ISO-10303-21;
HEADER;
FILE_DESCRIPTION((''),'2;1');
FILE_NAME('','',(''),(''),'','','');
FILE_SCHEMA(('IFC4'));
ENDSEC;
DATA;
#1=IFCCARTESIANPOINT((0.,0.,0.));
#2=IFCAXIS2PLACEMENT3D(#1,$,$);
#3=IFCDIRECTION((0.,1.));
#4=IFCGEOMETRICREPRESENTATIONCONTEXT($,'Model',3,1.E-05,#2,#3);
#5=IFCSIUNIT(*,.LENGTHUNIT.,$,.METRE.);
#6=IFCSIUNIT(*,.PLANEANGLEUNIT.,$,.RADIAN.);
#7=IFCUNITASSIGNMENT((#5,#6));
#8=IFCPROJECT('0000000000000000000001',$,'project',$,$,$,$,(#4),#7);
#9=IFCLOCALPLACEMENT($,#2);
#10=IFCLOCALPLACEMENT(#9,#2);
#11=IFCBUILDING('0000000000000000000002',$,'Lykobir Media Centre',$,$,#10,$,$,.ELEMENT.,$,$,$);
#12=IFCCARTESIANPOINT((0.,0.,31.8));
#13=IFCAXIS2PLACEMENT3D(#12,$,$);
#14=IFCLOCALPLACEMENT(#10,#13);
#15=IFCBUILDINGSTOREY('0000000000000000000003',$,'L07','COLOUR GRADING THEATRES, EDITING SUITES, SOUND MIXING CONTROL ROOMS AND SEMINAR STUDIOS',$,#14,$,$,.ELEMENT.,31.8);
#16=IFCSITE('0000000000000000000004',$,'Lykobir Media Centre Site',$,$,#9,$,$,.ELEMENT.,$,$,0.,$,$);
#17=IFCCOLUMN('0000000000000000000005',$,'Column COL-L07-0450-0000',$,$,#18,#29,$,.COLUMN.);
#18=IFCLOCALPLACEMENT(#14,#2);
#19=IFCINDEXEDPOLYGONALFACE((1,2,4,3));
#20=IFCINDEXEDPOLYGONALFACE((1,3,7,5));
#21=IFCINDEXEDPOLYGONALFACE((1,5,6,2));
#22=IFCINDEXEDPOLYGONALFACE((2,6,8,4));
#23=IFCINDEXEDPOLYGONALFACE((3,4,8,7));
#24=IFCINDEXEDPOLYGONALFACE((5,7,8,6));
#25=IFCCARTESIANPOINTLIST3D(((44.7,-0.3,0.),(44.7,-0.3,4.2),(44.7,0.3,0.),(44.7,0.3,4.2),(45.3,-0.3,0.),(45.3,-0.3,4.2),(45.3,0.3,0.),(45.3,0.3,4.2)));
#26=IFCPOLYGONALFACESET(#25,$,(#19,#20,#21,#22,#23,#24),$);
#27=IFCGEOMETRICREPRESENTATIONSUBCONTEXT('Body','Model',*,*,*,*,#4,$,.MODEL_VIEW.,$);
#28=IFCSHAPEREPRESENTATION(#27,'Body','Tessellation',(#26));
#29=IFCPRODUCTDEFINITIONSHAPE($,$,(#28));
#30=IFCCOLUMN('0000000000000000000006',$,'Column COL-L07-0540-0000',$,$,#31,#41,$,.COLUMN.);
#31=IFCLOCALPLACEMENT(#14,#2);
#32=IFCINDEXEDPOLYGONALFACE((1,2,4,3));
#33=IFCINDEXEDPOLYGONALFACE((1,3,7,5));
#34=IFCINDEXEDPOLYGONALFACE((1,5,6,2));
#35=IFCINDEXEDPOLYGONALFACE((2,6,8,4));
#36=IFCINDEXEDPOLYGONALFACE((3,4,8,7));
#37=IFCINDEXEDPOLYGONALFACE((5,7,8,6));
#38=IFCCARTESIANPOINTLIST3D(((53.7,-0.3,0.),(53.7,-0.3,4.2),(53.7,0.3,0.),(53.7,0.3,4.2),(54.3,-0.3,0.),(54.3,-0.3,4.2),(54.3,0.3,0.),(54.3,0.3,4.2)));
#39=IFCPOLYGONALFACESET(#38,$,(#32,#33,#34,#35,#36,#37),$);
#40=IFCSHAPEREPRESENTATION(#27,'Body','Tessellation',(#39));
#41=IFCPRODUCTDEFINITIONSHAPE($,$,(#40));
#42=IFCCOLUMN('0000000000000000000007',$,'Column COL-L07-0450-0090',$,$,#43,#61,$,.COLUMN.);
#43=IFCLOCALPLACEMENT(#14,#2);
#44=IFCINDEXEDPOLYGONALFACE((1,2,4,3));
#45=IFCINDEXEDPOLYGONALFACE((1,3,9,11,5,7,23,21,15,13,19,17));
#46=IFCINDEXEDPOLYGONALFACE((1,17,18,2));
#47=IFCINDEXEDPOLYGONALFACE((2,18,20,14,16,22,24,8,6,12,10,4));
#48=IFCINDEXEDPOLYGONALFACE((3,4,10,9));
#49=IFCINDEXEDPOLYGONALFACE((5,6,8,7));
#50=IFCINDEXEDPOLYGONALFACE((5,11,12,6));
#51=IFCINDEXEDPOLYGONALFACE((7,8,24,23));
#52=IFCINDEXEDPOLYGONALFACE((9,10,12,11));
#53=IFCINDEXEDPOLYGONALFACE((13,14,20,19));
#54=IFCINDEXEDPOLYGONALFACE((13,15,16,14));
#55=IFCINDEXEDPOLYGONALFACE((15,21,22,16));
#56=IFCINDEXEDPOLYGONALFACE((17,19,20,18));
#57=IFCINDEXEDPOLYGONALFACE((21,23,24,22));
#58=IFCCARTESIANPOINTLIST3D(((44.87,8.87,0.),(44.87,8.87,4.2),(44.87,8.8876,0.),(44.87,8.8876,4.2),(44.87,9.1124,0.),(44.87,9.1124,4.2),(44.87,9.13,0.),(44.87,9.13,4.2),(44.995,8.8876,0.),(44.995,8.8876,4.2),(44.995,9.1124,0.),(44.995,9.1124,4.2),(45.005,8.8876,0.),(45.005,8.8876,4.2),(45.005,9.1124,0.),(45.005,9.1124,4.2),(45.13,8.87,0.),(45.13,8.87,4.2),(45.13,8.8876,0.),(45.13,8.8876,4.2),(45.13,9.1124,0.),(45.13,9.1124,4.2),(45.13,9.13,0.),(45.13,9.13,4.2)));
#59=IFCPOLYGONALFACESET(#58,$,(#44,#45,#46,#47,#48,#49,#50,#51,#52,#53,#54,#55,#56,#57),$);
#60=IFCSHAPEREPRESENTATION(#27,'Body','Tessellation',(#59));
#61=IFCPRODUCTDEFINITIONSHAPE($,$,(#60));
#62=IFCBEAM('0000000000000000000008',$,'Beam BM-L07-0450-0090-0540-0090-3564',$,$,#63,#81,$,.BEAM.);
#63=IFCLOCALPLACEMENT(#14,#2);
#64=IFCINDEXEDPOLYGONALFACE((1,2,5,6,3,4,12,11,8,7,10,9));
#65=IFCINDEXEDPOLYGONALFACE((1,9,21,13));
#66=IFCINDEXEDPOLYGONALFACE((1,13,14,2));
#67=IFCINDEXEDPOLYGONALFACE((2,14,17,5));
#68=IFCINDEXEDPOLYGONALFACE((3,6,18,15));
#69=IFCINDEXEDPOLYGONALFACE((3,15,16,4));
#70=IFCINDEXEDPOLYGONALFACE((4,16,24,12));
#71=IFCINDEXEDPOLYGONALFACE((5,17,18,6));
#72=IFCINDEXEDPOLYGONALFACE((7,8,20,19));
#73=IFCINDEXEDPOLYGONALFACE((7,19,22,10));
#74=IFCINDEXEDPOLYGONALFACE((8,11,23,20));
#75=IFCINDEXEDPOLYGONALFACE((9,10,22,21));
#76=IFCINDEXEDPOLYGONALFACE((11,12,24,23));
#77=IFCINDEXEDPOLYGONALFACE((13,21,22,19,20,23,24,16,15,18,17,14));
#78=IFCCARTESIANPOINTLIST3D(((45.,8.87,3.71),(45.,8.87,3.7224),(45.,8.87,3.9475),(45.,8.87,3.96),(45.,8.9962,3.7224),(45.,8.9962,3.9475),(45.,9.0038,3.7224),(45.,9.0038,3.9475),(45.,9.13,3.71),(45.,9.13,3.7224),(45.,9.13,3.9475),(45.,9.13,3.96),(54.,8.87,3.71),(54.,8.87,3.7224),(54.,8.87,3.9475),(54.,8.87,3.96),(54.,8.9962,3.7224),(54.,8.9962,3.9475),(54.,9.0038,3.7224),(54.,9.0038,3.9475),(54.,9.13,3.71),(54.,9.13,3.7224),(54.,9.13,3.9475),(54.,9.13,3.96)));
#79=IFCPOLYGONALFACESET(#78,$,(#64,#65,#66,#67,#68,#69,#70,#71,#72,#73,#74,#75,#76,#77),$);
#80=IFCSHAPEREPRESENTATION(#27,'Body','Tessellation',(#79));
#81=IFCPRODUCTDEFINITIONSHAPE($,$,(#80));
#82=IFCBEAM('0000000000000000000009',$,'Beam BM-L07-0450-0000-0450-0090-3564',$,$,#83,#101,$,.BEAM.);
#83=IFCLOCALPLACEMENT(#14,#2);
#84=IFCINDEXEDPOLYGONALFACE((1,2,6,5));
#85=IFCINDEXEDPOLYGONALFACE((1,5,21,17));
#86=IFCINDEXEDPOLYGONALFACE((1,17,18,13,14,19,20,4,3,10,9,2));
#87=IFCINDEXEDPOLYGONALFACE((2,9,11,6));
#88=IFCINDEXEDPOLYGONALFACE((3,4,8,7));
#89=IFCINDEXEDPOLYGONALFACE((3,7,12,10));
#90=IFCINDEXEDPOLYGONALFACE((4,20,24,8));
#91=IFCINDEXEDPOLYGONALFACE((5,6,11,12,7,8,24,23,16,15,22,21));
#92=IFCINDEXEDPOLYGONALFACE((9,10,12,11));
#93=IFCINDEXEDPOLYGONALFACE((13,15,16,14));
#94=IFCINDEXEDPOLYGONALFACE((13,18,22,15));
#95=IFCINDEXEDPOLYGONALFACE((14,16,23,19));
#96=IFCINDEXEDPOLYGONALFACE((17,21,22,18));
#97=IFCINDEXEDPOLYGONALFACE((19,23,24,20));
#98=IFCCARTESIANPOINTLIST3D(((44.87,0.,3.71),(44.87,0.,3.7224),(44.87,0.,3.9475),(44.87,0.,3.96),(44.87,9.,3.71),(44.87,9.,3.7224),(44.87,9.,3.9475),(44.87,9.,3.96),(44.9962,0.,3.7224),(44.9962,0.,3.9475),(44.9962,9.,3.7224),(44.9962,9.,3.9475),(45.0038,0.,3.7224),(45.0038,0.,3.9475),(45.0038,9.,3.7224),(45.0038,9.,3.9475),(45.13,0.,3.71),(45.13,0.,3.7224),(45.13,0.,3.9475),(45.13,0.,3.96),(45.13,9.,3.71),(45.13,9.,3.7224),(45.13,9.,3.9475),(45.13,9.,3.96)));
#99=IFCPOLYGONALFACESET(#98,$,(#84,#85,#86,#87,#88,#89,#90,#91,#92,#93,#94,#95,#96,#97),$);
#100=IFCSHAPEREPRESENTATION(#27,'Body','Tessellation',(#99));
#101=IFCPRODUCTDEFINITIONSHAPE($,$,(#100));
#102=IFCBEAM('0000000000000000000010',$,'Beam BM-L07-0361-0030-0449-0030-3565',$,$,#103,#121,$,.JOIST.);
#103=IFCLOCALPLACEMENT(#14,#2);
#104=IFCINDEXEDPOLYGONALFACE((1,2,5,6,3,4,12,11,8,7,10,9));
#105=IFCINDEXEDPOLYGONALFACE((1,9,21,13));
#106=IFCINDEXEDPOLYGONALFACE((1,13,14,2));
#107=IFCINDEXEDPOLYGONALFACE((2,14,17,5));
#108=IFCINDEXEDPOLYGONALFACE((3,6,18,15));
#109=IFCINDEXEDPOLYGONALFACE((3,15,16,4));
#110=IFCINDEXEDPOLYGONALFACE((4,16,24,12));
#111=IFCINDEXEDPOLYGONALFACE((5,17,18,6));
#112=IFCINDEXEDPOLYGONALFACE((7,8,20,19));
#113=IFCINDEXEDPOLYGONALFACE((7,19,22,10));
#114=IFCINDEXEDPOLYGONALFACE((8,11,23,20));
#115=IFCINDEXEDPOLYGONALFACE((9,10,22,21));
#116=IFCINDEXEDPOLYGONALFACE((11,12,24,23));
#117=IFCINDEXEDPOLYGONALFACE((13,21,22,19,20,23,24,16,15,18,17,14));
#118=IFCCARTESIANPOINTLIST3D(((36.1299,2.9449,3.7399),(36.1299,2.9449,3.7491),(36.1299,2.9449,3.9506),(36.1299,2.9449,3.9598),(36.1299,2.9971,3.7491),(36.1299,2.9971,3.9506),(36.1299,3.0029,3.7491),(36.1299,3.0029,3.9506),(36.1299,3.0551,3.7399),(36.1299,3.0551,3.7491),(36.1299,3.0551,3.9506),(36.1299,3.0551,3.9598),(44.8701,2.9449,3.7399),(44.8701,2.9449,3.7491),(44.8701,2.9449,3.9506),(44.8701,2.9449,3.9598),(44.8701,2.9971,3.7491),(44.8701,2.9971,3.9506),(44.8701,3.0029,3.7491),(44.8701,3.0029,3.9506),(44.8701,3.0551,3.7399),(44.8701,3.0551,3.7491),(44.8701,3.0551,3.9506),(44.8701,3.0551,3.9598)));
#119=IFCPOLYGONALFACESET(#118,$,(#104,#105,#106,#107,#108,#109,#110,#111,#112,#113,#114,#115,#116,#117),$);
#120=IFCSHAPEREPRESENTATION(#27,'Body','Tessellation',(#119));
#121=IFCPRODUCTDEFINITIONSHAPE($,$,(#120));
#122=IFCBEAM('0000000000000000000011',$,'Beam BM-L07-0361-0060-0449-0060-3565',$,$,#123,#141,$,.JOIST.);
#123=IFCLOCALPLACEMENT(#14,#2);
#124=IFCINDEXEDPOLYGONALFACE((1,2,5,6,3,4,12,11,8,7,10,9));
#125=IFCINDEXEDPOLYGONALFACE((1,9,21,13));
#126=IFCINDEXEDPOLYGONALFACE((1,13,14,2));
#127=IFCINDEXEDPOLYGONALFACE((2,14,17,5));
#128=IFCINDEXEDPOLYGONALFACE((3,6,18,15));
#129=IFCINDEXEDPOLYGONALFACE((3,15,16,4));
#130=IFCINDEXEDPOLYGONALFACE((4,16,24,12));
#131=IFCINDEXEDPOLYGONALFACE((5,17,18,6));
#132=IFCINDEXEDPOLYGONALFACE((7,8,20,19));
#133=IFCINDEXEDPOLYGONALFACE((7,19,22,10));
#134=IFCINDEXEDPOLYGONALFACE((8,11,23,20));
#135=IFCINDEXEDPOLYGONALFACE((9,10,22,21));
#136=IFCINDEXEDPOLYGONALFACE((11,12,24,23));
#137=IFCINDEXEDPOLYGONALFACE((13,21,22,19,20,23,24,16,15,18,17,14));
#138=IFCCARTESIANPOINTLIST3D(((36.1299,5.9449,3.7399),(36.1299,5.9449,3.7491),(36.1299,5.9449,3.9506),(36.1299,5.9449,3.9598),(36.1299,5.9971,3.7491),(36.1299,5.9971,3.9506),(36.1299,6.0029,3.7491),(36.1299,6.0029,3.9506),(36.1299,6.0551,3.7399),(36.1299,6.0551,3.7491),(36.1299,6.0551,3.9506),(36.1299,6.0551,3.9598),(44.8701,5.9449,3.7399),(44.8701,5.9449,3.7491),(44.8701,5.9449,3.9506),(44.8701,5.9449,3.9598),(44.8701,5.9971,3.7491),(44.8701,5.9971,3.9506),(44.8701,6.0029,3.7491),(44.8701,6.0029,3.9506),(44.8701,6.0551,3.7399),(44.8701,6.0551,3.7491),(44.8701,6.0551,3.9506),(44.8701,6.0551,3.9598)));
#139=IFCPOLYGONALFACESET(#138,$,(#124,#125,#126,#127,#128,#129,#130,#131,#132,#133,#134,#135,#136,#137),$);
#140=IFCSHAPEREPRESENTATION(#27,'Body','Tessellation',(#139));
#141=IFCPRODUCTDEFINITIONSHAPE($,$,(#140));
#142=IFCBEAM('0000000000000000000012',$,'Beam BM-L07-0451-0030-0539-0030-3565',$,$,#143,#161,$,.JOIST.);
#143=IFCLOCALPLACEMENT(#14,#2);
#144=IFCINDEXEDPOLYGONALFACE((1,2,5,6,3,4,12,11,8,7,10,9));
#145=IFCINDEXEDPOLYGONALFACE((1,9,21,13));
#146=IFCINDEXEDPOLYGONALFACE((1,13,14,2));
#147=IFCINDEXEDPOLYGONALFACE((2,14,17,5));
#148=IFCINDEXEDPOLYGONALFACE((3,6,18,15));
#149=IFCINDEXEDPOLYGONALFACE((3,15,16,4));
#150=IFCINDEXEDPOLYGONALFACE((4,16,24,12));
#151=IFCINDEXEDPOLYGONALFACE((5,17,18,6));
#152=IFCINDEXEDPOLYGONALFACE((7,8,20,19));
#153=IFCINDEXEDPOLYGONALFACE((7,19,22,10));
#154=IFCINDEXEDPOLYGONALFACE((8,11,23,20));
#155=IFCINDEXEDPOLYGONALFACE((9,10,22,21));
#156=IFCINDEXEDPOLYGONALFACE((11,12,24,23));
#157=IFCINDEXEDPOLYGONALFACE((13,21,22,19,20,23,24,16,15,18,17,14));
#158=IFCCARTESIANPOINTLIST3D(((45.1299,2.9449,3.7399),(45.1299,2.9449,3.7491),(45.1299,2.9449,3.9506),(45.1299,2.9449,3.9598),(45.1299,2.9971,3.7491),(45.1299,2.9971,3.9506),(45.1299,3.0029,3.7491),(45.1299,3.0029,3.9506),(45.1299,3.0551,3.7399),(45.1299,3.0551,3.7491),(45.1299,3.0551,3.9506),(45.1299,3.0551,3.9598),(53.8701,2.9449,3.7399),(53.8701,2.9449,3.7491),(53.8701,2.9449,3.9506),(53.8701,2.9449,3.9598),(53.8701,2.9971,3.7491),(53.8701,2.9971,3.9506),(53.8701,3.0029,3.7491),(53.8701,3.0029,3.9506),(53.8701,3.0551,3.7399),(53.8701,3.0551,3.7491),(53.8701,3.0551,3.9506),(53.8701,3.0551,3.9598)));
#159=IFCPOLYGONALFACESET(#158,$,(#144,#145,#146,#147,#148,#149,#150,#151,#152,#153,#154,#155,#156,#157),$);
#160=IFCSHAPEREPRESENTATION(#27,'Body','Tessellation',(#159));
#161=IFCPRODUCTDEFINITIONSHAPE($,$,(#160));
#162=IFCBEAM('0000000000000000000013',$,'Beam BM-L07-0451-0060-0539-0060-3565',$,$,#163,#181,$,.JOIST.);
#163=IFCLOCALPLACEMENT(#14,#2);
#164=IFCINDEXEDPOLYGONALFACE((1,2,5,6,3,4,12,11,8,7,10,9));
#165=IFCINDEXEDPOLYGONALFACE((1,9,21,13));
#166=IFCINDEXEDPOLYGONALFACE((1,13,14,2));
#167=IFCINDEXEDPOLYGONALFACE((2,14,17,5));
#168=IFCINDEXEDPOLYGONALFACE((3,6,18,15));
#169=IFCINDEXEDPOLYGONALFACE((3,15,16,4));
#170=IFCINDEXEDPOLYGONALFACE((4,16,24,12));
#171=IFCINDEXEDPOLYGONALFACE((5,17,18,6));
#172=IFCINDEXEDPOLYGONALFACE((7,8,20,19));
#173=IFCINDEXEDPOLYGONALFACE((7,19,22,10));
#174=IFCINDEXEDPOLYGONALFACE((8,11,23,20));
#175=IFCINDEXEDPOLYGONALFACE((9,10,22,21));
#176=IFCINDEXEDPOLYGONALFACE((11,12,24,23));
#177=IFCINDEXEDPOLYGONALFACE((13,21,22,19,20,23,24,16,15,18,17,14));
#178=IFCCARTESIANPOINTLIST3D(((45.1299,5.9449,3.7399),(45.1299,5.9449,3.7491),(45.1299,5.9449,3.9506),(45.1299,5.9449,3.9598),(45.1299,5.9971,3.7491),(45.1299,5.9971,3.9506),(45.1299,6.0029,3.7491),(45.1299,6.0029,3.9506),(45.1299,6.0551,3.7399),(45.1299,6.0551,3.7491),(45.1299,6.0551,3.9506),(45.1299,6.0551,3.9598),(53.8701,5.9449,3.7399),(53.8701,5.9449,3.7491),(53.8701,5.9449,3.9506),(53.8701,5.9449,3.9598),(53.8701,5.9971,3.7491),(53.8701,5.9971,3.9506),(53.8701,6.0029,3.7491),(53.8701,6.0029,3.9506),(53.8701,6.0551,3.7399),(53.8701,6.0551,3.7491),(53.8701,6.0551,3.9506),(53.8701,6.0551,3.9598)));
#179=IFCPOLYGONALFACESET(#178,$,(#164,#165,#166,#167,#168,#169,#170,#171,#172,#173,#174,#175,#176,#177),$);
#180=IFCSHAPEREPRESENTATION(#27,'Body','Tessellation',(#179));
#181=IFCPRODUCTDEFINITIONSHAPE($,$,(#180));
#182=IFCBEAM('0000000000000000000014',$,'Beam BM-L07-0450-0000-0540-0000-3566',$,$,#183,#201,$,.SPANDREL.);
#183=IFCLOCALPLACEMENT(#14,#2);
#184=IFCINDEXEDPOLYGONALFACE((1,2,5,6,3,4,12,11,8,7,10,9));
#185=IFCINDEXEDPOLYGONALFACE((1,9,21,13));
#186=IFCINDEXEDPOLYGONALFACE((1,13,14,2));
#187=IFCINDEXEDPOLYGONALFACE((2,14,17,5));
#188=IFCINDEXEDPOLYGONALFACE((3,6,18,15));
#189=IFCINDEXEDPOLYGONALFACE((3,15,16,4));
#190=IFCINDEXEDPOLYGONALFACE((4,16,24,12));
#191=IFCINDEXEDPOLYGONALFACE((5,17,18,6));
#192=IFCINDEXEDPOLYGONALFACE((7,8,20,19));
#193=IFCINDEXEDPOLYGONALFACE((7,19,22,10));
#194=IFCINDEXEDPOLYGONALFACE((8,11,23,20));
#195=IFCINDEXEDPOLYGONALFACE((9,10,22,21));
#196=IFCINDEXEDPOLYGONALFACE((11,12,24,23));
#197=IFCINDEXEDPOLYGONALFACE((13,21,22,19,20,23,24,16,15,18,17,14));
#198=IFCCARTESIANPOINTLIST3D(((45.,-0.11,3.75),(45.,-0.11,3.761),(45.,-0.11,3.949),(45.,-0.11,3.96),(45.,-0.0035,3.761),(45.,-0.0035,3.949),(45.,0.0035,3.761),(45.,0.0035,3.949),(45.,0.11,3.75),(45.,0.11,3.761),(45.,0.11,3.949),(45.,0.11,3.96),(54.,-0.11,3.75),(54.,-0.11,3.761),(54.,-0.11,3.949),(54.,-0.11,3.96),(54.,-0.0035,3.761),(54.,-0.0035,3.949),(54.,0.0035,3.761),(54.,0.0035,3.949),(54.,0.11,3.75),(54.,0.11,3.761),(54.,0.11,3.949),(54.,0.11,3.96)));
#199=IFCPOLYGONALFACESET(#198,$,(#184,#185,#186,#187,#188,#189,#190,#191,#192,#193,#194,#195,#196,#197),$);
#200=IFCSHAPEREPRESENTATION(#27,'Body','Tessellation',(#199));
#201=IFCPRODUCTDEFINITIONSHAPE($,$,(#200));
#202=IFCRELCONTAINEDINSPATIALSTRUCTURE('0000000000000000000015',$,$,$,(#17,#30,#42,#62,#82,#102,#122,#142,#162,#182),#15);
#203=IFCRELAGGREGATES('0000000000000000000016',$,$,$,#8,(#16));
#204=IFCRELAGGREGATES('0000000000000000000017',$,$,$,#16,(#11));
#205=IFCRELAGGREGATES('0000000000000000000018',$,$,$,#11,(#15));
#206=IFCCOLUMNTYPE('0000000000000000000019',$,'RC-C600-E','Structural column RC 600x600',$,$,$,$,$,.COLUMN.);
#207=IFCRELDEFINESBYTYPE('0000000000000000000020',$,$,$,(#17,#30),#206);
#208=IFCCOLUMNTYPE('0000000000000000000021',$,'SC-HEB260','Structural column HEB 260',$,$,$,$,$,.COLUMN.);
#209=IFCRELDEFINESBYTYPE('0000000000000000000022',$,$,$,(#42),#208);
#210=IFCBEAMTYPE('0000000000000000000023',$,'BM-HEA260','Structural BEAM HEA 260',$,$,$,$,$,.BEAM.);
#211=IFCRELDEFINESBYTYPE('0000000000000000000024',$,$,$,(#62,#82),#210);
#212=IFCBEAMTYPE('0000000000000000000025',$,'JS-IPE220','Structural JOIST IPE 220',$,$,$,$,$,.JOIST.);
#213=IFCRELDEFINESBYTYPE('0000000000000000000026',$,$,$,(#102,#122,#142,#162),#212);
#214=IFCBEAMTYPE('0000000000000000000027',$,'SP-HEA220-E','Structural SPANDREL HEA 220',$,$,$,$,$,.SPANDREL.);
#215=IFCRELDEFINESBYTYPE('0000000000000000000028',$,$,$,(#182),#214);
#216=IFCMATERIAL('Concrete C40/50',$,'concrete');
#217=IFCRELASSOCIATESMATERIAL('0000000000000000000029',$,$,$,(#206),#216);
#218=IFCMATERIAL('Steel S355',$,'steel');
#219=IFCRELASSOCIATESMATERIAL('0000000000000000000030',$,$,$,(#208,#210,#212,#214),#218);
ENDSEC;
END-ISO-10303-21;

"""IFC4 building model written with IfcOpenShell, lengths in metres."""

from ifc_helpers import new_model, si_unit, direction, frame, origin, origin_2d, place, context, subcontext, project, spatial, rectangle, i_section, extrude, material, material_profile, profile_set, type_object, element, save


model = new_model("IFC4")

# Units and contexts
model_context = context("Model", 3, precision=1e-05, world=origin(), true_north=direction((0.0, 1.0)))
body_context = subcontext(model_context, "Body", "Model", "MODEL_VIEW")
ifc_project = project(units=[si_unit("LENGTHUNIT", "METRE"), si_unit("PLANEANGLEUNIT", "RADIAN")], contexts=[model_context])

# Site, building, storey
site_placement = place(None, origin())
site = spatial("IfcSite", under=ifc_project, at=site_placement, Name="Lykobir Media Centre Site", CompositionType="ELEMENT", RefElevation=0.0)
building_placement = place(site_placement, origin())
building = spatial("IfcBuilding", under=site, at=building_placement, Name="Lykobir Media Centre", CompositionType="ELEMENT")
storey_placement = place(building_placement, frame((0.0, 0.0, 31.8)))
storey = spatial("IfcBuildingStorey", under=building, at=storey_placement, Name="L07", Description="COLOUR GRADING THEATRES, EDITING SUITES, SOUND MIXING CONTROL ROOMS AND SEMINAR STUDIOS", CompositionType="ELEMENT", Elevation=31.8)

# Columns
ifc_material_1 = material(Name="Concrete C40/50", Category="concrete")
ifc_material_profile_1 = material_profile(ifc_material_1, rectangle(XDim=0.6001, YDim=0.6001, at=origin_2d()), Name="RC 600x600")
ifc_profile_set_1 = profile_set([ifc_material_profile_1], Name="Concrete C40/50")
column_type_1 = type_object("IfcColumnType", Name="RC-C600-E", Description="Structural column RC 600x600", PredefinedType="COLUMN", material=ifc_profile_set_1)
for number, where, z_axis, x_axis, name in (
    (1, (45.0, 0.0, 0.0), (0.0, 0.0, 1.0), (1.0, 0.0, 0.0), "Column COL-L07-0450-0000"),
    (2, (54.0, 0.0, 0.0), (0.0, 0.0, 1.0), (1.0, 0.0, 0.0), "Column COL-L07-0540-0000"),
):
    element("IfcColumn", number, at=place(storey_placement, frame(where, z_axis=z_axis, x_axis=x_axis)), inside=storey, type_object=column_type_1, Name=name, PredefinedType="COLUMN", context=body_context, shape_type="SweptSolid", body=[
        extrude(rectangle(XDim=0.6001, YDim=0.6001, at=origin_2d()), origin(), (0.0, 0.0, 1.0), 4.2),
    ])
ifc_material_2 = material(Name="Steel S355", Category="steel")
ifc_material_profile_2 = material_profile(ifc_material_2, i_section(OverallWidth=0.26, OverallDepth=0.26, WebThickness=0.01, FlangeThickness=0.0176, at=origin_2d()), Name="HEB 260")
ifc_profile_set_2 = profile_set([ifc_material_profile_2], Name="Steel S355")
column_type_2 = type_object("IfcColumnType", Name="SC-HEB260", Description="Structural column HEB 260", PredefinedType="COLUMN", material=ifc_profile_set_2)
column_placement = place(storey_placement, frame((45.0, 9.0, 0.0), z_axis=(0.0, 0.0, 1.0), x_axis=(1.0, 0.0, 0.0)))
element("IfcColumn", 3, at=column_placement, inside=storey, type_object=column_type_2, Name="Column COL-L07-0450-0090", PredefinedType="COLUMN", context=body_context, shape_type="SweptSolid", body=[
    extrude(i_section(OverallWidth=0.26, OverallDepth=0.26, WebThickness=0.01, FlangeThickness=0.0176, at=origin_2d()), origin(), (0.0, 0.0, 1.0), 4.2),
])

# Beams
ifc_material_profile_3 = material_profile(ifc_material_2, i_section(OverallWidth=0.26, OverallDepth=0.25, WebThickness=0.0076, FlangeThickness=0.0125, at=origin_2d()), Name="HEA 260")
ifc_profile_set_3 = profile_set([ifc_material_profile_3], Name="Steel S355")
beam_type_1 = type_object("IfcBeamType", Name="BM-HEA260", Description="Structural BEAM HEA 260", PredefinedType="BEAM", material=ifc_profile_set_3)
for number, where, z_axis, x_axis, name in (
    (4, (45.0, 9.0, 3.835), (1.0, 0.0, 0.0), (0.0, 1.0, 0.0), "Beam BM-L07-0450-0090-0540-0090-3564"),
    (5, (45.0, 0.0, 3.835), (0.0, 1.0, 0.0), (-1.0, 0.0, 0.0), "Beam BM-L07-0450-0000-0450-0090-3564"),
):
    element("IfcBeam", number, at=place(storey_placement, frame(where, z_axis=z_axis, x_axis=x_axis)), inside=storey, type_object=beam_type_1, Name=name, PredefinedType="BEAM", context=body_context, shape_type="SweptSolid", body=[
        extrude(i_section(OverallWidth=0.26, OverallDepth=0.25, WebThickness=0.0076, FlangeThickness=0.0125, at=origin_2d()), origin(), (0.0, 0.0, 1.0), 9.0),
    ])
ifc_material_profile_4 = material_profile(ifc_material_2, i_section(OverallWidth=0.1101, OverallDepth=0.22, WebThickness=0.0059, FlangeThickness=0.0093, at=origin_2d()), Name="IPE 220")
ifc_profile_set_4 = profile_set([ifc_material_profile_4], Name="Steel S355")
beam_type_2 = type_object("IfcBeamType", Name="JS-IPE220", Description="Structural JOIST IPE 220", PredefinedType="JOIST", material=ifc_profile_set_4)
for number, where, z_axis, x_axis, name in (
    (6, (36.1299, 3.0, 3.8499), (1.0, 0.0, 0.0), (0.0, 1.0, 0.0), "Beam BM-L07-0361-0030-0449-0030-3565"),
    (7, (36.1299, 6.0, 3.8499), (1.0, 0.0, 0.0), (0.0, 1.0, 0.0), "Beam BM-L07-0361-0060-0449-0060-3565"),
    (8, (45.1299, 3.0, 3.8499), (1.0, 0.0, 0.0), (0.0, 1.0, 0.0), "Beam BM-L07-0451-0030-0539-0030-3565"),
    (9, (45.1299, 6.0, 3.8499), (1.0, 0.0, 0.0), (0.0, 1.0, 0.0), "Beam BM-L07-0451-0060-0539-0060-3565"),
):
    element("IfcBeam", number, at=place(storey_placement, frame(where, z_axis=z_axis, x_axis=x_axis)), inside=storey, type_object=beam_type_2, Name=name, PredefinedType="JOIST", context=body_context, shape_type="SweptSolid", body=[
        extrude(i_section(OverallWidth=0.1101, OverallDepth=0.22, WebThickness=0.0059, FlangeThickness=0.0093, at=origin_2d()), origin(), (0.0, 0.0, 1.0), 8.7402),
    ])
ifc_material_profile_5 = material_profile(ifc_material_2, i_section(OverallWidth=0.22, OverallDepth=0.21, WebThickness=0.0071, FlangeThickness=0.011, at=origin_2d()), Name="HEA 220")
ifc_profile_set_5 = profile_set([ifc_material_profile_5], Name="Steel S355")
beam_type_3 = type_object("IfcBeamType", Name="SP-HEA220-E", Description="Structural SPANDREL HEA 220", PredefinedType="SPANDREL", material=ifc_profile_set_5)
beam_placement = place(storey_placement, frame((45.0, 0.0, 3.855), z_axis=(1.0, 0.0, 0.0), x_axis=(0.0, 1.0, 0.0)))
element("IfcBeam", 10, at=beam_placement, inside=storey, type_object=beam_type_3, Name="Beam BM-L07-0450-0000-0540-0000-3566", PredefinedType="SPANDREL", context=body_context, shape_type="SweptSolid", body=[
    extrude(i_section(OverallWidth=0.22, OverallDepth=0.21, WebThickness=0.0071, FlangeThickness=0.011, at=origin_2d()), origin(), (0.0, 0.0, 1.0), 9.0),
])

save(model, "model.ifc")
